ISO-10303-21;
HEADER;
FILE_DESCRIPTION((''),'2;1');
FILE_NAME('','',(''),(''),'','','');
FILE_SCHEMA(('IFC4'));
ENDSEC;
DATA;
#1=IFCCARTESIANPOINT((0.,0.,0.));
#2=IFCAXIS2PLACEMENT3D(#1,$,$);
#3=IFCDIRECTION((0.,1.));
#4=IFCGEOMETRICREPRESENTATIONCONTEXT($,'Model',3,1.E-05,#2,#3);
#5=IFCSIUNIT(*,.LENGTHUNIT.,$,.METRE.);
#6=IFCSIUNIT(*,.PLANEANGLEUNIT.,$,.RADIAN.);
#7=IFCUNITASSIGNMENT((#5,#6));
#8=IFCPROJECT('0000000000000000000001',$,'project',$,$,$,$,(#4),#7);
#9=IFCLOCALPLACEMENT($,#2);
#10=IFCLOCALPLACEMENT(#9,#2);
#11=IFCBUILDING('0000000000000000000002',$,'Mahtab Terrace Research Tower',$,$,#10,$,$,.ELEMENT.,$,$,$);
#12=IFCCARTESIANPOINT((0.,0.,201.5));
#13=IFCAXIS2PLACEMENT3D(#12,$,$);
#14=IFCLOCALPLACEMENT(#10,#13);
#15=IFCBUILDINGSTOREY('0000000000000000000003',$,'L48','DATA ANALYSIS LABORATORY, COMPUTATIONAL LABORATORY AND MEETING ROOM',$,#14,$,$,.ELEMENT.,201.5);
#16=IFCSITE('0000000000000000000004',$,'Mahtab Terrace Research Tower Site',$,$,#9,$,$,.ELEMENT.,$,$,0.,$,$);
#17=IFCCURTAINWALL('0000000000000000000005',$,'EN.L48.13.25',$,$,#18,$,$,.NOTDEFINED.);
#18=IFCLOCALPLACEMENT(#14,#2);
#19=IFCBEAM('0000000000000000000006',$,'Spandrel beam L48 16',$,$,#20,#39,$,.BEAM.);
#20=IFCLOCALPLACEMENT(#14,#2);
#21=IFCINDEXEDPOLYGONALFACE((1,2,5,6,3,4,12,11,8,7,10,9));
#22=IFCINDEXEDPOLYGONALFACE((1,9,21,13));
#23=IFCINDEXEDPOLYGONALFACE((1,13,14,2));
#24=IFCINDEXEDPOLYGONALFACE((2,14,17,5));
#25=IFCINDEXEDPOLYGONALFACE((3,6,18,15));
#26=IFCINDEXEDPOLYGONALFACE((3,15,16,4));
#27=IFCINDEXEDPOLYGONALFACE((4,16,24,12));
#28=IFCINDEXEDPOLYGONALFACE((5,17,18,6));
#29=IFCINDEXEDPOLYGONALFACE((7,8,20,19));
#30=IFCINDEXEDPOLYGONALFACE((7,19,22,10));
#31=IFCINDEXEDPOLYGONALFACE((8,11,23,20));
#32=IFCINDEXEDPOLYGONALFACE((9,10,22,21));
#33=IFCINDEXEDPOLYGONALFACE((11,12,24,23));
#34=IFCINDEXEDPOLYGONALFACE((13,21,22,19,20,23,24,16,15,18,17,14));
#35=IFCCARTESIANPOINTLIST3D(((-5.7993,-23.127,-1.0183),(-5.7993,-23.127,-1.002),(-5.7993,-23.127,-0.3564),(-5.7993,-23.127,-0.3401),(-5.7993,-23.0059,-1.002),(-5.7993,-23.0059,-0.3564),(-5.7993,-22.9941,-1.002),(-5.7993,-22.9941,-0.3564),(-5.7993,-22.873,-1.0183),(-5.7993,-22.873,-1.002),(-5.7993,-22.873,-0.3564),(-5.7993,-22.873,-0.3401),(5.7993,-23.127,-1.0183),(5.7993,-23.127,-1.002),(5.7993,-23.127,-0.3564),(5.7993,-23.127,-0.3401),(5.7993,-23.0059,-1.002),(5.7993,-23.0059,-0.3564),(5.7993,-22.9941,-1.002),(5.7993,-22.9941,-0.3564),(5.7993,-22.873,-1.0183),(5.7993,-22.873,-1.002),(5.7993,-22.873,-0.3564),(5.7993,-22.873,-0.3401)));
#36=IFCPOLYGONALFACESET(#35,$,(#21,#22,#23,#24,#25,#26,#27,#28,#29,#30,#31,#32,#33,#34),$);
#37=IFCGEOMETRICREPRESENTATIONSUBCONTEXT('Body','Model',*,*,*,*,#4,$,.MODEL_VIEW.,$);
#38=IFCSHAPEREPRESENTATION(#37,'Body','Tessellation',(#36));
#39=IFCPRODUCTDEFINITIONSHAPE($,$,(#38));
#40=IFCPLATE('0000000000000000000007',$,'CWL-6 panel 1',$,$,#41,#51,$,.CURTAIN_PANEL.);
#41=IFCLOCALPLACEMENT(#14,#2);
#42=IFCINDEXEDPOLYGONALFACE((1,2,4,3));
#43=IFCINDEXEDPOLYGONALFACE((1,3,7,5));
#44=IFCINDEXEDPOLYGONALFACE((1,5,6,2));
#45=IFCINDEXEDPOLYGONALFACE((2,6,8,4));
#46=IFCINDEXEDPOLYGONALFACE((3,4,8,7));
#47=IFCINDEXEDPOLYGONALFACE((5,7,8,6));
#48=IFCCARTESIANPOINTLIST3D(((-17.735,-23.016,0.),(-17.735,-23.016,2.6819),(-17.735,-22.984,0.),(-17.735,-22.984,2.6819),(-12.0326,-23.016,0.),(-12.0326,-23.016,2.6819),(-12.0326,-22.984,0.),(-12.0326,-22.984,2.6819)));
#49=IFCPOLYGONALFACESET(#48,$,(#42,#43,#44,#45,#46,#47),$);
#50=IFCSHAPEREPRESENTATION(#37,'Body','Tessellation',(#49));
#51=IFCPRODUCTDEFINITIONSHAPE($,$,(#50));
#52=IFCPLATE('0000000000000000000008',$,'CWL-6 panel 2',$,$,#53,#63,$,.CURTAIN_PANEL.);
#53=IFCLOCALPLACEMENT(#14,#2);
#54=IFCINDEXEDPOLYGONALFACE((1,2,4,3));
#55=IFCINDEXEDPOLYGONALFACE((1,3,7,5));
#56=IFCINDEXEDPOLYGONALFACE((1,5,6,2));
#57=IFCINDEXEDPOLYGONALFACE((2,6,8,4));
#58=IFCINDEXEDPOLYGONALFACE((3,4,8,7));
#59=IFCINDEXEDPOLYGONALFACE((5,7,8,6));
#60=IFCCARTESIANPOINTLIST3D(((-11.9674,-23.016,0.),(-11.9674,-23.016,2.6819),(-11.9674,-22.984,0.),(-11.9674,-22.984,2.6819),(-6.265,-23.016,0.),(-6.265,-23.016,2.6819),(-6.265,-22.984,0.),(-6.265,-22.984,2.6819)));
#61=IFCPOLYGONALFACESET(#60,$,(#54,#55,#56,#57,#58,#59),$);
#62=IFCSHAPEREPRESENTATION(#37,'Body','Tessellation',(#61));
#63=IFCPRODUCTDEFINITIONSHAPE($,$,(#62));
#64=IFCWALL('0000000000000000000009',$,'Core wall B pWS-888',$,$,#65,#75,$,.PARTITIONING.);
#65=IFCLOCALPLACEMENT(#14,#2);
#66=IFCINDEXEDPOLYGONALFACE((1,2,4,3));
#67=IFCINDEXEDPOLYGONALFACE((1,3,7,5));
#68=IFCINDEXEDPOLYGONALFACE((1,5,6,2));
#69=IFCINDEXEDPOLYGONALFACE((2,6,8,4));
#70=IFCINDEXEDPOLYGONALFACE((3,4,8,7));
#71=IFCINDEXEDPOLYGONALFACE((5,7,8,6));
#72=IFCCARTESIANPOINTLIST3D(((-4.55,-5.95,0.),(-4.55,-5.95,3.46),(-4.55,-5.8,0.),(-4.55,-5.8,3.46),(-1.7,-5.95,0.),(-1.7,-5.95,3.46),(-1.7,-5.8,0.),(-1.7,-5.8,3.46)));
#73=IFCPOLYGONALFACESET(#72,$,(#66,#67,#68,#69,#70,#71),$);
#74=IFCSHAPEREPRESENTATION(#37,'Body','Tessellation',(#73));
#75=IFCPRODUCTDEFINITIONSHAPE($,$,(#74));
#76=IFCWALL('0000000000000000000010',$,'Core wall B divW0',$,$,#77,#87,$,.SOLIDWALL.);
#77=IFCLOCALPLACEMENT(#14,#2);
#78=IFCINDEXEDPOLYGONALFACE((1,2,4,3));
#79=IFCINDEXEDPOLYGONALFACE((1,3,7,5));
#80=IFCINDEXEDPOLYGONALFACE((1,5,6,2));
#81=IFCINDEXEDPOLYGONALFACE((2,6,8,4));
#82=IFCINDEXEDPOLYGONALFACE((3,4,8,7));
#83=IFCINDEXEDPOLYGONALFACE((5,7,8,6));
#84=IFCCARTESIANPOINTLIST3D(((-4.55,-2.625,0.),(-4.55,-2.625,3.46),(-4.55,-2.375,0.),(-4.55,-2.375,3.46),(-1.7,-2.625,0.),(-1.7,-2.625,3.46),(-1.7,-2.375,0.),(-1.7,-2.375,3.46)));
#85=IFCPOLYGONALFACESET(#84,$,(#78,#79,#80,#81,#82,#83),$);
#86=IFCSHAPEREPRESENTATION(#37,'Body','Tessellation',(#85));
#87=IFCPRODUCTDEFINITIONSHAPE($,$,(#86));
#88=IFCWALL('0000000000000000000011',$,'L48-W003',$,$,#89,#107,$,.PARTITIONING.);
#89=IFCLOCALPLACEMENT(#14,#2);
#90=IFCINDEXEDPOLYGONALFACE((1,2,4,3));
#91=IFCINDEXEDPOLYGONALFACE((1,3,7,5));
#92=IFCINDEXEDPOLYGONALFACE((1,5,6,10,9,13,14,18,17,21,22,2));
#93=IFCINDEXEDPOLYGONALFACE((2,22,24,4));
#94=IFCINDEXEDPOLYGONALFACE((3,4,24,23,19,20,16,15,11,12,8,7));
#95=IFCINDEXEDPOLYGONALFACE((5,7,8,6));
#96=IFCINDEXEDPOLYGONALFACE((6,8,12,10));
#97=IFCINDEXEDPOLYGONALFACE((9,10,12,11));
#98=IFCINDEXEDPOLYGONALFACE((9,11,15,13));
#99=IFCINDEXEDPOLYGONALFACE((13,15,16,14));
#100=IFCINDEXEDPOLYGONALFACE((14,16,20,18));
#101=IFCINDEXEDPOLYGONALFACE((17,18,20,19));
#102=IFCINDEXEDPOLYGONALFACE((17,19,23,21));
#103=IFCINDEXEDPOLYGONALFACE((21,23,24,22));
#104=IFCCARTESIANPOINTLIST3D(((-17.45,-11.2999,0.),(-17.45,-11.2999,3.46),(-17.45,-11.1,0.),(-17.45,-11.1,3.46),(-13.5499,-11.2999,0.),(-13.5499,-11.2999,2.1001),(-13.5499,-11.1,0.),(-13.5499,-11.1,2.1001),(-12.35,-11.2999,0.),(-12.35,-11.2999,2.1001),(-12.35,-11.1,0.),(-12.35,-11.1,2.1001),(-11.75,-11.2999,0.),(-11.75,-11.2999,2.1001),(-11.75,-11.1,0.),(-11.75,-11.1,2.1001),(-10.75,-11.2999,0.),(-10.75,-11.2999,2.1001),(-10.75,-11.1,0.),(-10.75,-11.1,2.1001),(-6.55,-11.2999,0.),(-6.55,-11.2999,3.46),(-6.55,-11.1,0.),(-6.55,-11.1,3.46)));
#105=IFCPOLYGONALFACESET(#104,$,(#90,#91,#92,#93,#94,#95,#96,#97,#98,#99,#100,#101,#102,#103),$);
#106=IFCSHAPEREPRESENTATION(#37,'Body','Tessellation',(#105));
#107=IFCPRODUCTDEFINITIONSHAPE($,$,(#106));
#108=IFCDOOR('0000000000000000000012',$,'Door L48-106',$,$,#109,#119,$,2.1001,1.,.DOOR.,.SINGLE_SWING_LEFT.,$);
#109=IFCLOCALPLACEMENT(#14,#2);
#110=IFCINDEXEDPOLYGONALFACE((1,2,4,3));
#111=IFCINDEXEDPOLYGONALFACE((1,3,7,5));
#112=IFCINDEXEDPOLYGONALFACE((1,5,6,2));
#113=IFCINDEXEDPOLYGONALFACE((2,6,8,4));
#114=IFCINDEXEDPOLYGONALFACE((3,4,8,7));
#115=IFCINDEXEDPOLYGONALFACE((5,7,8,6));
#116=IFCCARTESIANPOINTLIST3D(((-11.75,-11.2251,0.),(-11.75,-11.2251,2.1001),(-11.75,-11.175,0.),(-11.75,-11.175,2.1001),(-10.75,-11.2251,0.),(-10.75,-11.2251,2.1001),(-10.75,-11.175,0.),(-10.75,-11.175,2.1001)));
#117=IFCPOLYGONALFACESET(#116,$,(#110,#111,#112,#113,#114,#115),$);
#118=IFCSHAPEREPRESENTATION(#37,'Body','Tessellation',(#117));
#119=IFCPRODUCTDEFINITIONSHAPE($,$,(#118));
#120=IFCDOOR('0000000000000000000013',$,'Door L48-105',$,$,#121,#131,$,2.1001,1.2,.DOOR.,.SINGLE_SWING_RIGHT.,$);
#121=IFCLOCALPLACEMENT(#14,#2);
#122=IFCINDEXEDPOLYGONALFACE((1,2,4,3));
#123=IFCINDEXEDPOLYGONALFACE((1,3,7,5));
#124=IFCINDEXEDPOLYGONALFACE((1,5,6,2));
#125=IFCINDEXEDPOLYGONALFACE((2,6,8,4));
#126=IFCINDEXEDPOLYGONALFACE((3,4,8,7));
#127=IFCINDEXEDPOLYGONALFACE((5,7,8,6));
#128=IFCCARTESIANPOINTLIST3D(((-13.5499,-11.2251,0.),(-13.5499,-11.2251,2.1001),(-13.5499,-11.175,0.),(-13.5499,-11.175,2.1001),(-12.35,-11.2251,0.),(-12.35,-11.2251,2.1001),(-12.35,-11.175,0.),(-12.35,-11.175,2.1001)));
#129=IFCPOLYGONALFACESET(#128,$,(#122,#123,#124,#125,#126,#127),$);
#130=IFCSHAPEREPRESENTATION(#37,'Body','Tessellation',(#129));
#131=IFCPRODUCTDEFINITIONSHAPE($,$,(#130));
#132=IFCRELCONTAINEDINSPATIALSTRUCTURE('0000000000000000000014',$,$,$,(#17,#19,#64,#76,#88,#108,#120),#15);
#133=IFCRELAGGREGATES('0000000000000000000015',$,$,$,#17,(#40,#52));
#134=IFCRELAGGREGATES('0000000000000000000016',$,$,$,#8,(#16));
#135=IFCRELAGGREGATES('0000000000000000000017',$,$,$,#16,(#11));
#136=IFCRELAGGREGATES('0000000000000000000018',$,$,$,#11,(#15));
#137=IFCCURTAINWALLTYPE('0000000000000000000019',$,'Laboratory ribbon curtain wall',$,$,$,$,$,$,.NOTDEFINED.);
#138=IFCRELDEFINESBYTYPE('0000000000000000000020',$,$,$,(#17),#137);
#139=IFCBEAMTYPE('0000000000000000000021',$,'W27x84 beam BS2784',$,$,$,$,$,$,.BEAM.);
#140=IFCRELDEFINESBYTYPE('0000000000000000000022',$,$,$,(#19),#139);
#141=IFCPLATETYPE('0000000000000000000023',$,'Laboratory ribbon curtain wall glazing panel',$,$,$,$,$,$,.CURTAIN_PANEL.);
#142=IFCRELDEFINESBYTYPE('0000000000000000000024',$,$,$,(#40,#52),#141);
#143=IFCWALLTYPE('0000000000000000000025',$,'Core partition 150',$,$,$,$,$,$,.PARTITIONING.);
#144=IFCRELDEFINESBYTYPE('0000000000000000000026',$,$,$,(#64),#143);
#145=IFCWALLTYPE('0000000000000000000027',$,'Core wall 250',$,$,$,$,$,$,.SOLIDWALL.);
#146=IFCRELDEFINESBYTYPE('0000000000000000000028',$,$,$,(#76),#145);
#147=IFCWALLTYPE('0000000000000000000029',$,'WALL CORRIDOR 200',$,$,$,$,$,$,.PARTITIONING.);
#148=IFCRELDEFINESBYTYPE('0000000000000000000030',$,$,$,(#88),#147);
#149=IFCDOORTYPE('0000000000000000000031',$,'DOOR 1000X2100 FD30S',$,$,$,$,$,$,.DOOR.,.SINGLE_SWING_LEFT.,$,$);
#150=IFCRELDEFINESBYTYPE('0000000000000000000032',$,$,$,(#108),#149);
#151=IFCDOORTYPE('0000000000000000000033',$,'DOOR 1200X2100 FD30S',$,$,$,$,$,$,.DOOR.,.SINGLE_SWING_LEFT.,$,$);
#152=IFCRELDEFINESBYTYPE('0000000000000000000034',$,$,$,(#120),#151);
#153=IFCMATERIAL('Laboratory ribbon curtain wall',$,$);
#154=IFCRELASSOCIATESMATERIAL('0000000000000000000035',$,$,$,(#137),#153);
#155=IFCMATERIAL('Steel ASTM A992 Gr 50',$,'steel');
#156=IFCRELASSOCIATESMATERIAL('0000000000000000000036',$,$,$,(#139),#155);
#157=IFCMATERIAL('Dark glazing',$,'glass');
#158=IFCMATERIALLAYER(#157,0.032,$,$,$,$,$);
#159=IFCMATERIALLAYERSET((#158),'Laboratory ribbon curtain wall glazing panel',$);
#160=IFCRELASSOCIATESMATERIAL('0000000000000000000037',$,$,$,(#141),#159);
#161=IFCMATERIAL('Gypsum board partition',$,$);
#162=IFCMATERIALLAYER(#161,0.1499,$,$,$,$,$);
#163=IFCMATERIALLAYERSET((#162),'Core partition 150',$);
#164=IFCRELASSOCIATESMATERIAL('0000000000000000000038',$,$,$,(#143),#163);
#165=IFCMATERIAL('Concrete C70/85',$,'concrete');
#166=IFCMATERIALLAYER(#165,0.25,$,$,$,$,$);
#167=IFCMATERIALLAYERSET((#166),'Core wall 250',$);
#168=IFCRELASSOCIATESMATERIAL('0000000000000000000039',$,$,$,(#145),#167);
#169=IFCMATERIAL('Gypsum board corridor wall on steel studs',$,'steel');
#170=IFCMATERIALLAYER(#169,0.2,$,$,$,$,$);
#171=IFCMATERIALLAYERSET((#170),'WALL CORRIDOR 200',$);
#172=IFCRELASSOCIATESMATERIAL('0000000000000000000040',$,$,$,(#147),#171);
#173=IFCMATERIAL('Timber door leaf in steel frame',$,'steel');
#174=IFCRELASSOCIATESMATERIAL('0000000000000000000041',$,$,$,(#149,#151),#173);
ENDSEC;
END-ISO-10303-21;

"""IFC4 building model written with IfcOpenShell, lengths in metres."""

from ifc_helpers import new_model, si_unit, direction, frame, frame_2d, origin, origin_2d, place, context, subcontext, project, spatial, rectangle, i_section, extrude, material, layer, layer_set, material_profile, profile_set, type_object, element, fill, aggregate, save


model = new_model("IFC4")

# Units and contexts
model_context = context("Model", 3, precision=1e-05, world=origin(), true_north=direction((0.0, 1.0)))
body_context = subcontext(model_context, "Body", "Model", "MODEL_VIEW")
ifc_project = project(units=[si_unit("LENGTHUNIT", "METRE"), si_unit("PLANEANGLEUNIT", "RADIAN")], contexts=[model_context])

# Site, building, storey
site_placement = place(None, origin())
site = spatial("IfcSite", under=ifc_project, at=site_placement, Name="Mahtab Terrace Research Tower Site", CompositionType="ELEMENT", RefElevation=0.0)
building_placement = place(site_placement, origin())
building = spatial("IfcBuilding", under=site, at=building_placement, Name="Mahtab Terrace Research Tower", CompositionType="ELEMENT")
storey_placement = place(building_placement, frame((0.0, 0.0, 201.5)))
storey = spatial("IfcBuildingStorey", under=building, at=storey_placement, Name="L48", Description="DATA ANALYSIS LABORATORY, COMPUTATIONAL LABORATORY AND MEETING ROOM", CompositionType="ELEMENT", Elevation=201.5)

# Shared definitions
ifc_material_1 = material(Name="Concrete C70/85", Category="concrete")
ifc_material_2 = material(Name="Steel ASTM A992 Gr 50", Category="steel")

# Curtain wall
ifc_material_3 = material(Name="Laboratory ribbon curtain wall")
curtain_wall_type = type_object("IfcCurtainWallType", Name="Laboratory ribbon curtain wall", PredefinedType="NOTDEFINED", material=ifc_material_3)
curtain_wall_1_placement = place(storey_placement, origin())
curtain_wall_1 = element("IfcCurtainWall", 1, at=curtain_wall_1_placement, inside=storey, type_object=curtain_wall_type, Name="EN.L48.13.25", PredefinedType="NOTDEFINED")

# Beam
ifc_material_profile_1 = material_profile(ifc_material_2, i_section(OverallWidth=0.2539, OverallDepth=0.6782, WebThickness=0.0117, FlangeThickness=0.0164, at=origin_2d()), Name="W27X84")
ifc_profile_set_1 = profile_set([ifc_material_profile_1], Name="Steel ASTM A992 Gr 50")
beam_type = type_object("IfcBeamType", Name="W27x84 beam BS2784", PredefinedType="BEAM", material=ifc_profile_set_1)
for number, where, z_axis, x_axis, name in (
    (2, (-5.7993, -23.0, -0.6792), (1.0, 0.0, 0.0), (0.0, 1.0, 0.0), "Spandrel beam L48 16"),
):
    element("IfcBeam", number, at=place(storey_placement, frame(where, z_axis=z_axis, x_axis=x_axis)), inside=storey, type_object=beam_type, Name=name, PredefinedType="BEAM", context=body_context, shape_type="SweptSolid", body=[
        extrude(i_section(OverallWidth=0.2539, OverallDepth=0.6782, WebThickness=0.0117, FlangeThickness=0.0164, at=origin_2d()), origin(), (0.0, 0.0, 1.0), 11.5986),
    ])

# Plates
ifc_material_4 = material(Name="Dark glazing", Category="glass")
ifc_layer_1 = layer(ifc_material_4, 0.032)
ifc_layer_set_1 = layer_set([ifc_layer_1], Name="Laboratory ribbon curtain wall glazing panel")
plate_type = type_object("IfcPlateType", Name="Laboratory ribbon curtain wall glazing panel", PredefinedType="CURTAIN_PANEL", material=ifc_layer_set_1)
plate_1_placement = place(storey_placement, frame((-14.8838, -23.0, 0.0), z_axis=(0.0, 0.0, 1.0), x_axis=(1.0, 0.0, 0.0)))
plate_1 = element("IfcPlate", 3, at=plate_1_placement, type_object=plate_type, Name="CWL-6 panel 1", PredefinedType="CURTAIN_PANEL", context=body_context, shape_type="SweptSolid", body=[
    extrude(rectangle(XDim=5.7024, YDim=0.032, at=origin_2d()), origin(), (0.0, 0.0, 1.0), 2.6819),
])
plate_2_placement = place(storey_placement, frame((-9.1162, -23.0, 0.0), z_axis=(0.0, 0.0, 1.0), x_axis=(1.0, 0.0, 0.0)))
plate_2 = element("IfcPlate", 4, at=plate_2_placement, type_object=plate_type, Name="CWL-6 panel 2", PredefinedType="CURTAIN_PANEL", context=body_context, shape_type="SweptSolid", body=[
    extrude(rectangle(XDim=5.7024, YDim=0.032, at=origin_2d()), origin(), (0.0, 0.0, 1.0), 2.6819),
])
aggregate(curtain_wall_1, [plate_1, plate_2])

# Walls
ifc_material_5 = material(Name="Gypsum board partition")
ifc_layer_2 = layer(ifc_material_5, 0.1499)
ifc_layer_set_2 = layer_set([ifc_layer_2], Name="Core partition 150")
wall_type_1 = type_object("IfcWallType", Name="Core partition 150", PredefinedType="PARTITIONING", material=ifc_layer_set_2)
wall_1_placement = place(storey_placement, frame((-4.55, -5.875, 0.0), z_axis=(0.0, 0.0, 1.0), x_axis=(1.0, 0.0, 0.0)))
element("IfcWall", 5, at=wall_1_placement, inside=storey, type_object=wall_type_1, Name="Core wall B pWS-888", PredefinedType="PARTITIONING", context=body_context, shape_type="SweptSolid", body=[
    extrude(rectangle(XDim=2.8501, YDim=0.1499, at=frame_2d((1.425, 0.0))), origin(), (0.0, 0.0, 1.0), 3.46),
])
ifc_layer_3 = layer(ifc_material_1, 0.25)
ifc_layer_set_3 = layer_set([ifc_layer_3], Name="Core wall 250")
wall_type_2 = type_object("IfcWallType", Name="Core wall 250", PredefinedType="SOLIDWALL", material=ifc_layer_set_3)
wall_2_placement = place(storey_placement, frame((-4.55, -2.5, 0.0), z_axis=(0.0, 0.0, 1.0), x_axis=(1.0, 0.0, 0.0)))
element("IfcWall", 6, at=wall_2_placement, inside=storey, type_object=wall_type_2, Name="Core wall B divW0", PredefinedType="SOLIDWALL", context=body_context, shape_type="SweptSolid", body=[
    extrude(rectangle(XDim=2.8501, YDim=0.25, at=frame_2d((1.425, 0.0))), origin(), (0.0, 0.0, 1.0), 3.46),
])

# Wall, openings, doors
ifc_material_6 = material(Name="Gypsum board corridor wall on steel studs", Category="steel")
ifc_layer_4 = layer(ifc_material_6, 0.2)
ifc_layer_set_4 = layer_set([ifc_layer_4], Name="WALL CORRIDOR 200")
wall_type_3 = type_object("IfcWallType", Name="WALL CORRIDOR 200", PredefinedType="PARTITIONING", material=ifc_layer_set_4)
wall_3_placement = place(storey_placement, frame((-17.45, -11.2, 0.0), z_axis=(0.0, 0.0, 1.0), x_axis=(1.0, 0.0, 0.0)))
wall_3 = element("IfcWall", 7, at=wall_3_placement, inside=storey, type_object=wall_type_3, Name="L48-W003", PredefinedType="PARTITIONING", context=body_context, shape_type="SweptSolid", body=[
    extrude(rectangle(XDim=10.8999, YDim=0.2, at=frame_2d((5.45, 0.0))), origin(), (0.0, 0.0, 1.0), 3.46),
])
opening_1_placement = place(wall_3_placement, frame((3.8999, 0.0, 0.0)))
opening_1 = element("IfcOpeningElement", 8, at=opening_1_placement, cuts=wall_3, PredefinedType="OPENING", context=body_context, shape_type="SweptSolid", body=[
    extrude(rectangle(XDim=1.2, YDim=2.1001, at=frame_2d((0.6001, 1.05))), frame((0.0, 0.1099, 0.0), z_axis=(0.0, -1.0, 0.0), x_axis=(1.0, 0.0, 0.0)), (0.0, 0.0, 1.0), 0.22),
])
opening_2_placement = place(wall_3_placement, frame((5.7, 0.0, 0.0)))
opening_2 = element("IfcOpeningElement", 9, at=opening_2_placement, cuts=wall_3, PredefinedType="OPENING", context=body_context, shape_type="SweptSolid", body=[
    extrude(rectangle(XDim=1.0, YDim=2.1001, at=frame_2d((0.5, 1.05))), frame((0.0, 0.1099, 0.0), z_axis=(0.0, -1.0, 0.0), x_axis=(1.0, 0.0, 0.0)), (0.0, 0.0, 1.0), 0.22),
])
ifc_material_7 = material(Name="Timber door leaf in steel frame", Category="steel")
door_type_1 = type_object("IfcDoorType", Name="DOOR 1000X2100 FD30S", OperationType="SINGLE_SWING_LEFT", PredefinedType="DOOR", material=ifc_material_7)
door_1_placement = place(opening_2_placement, origin())
door_1 = element("IfcDoor", 10, at=door_1_placement, inside=storey, type_object=door_type_1, Name="Door L48-106", OperationType="SINGLE_SWING_LEFT", OverallHeight=2.1001, OverallWidth=1.0, PredefinedType="DOOR", context=body_context, shape_type="SweptSolid", body=[
    extrude(rectangle(XDim=1.0, YDim=2.1001, at=frame_2d((0.5, 1.05))), frame((0.0, 0.0249, 0.0), z_axis=(0.0, -1.0, 0.0), x_axis=(1.0, 0.0, 0.0)), (0.0, 0.0, 1.0), 0.05),
])
fill(opening_2, door_1)
door_type_2 = type_object("IfcDoorType", Name="DOOR 1200X2100 FD30S", OperationType="SINGLE_SWING_LEFT", PredefinedType="DOOR", material=ifc_material_7)
door_2_placement = place(opening_1_placement, origin())
door_2 = element("IfcDoor", 11, at=door_2_placement, inside=storey, type_object=door_type_2, Name="Door L48-105", OperationType="SINGLE_SWING_RIGHT", OverallHeight=2.1001, OverallWidth=1.2, PredefinedType="DOOR", context=body_context, shape_type="SweptSolid", body=[
    extrude(rectangle(XDim=1.2, YDim=2.1001, at=frame_2d((0.6001, 1.05))), frame((0.0, 0.0249, 0.0), z_axis=(0.0, -1.0, 0.0), x_axis=(1.0, 0.0, 0.0)), (0.0, 0.0, 1.0), 0.05),
])
fill(opening_1, door_2)

save(model, "model.ifc")
